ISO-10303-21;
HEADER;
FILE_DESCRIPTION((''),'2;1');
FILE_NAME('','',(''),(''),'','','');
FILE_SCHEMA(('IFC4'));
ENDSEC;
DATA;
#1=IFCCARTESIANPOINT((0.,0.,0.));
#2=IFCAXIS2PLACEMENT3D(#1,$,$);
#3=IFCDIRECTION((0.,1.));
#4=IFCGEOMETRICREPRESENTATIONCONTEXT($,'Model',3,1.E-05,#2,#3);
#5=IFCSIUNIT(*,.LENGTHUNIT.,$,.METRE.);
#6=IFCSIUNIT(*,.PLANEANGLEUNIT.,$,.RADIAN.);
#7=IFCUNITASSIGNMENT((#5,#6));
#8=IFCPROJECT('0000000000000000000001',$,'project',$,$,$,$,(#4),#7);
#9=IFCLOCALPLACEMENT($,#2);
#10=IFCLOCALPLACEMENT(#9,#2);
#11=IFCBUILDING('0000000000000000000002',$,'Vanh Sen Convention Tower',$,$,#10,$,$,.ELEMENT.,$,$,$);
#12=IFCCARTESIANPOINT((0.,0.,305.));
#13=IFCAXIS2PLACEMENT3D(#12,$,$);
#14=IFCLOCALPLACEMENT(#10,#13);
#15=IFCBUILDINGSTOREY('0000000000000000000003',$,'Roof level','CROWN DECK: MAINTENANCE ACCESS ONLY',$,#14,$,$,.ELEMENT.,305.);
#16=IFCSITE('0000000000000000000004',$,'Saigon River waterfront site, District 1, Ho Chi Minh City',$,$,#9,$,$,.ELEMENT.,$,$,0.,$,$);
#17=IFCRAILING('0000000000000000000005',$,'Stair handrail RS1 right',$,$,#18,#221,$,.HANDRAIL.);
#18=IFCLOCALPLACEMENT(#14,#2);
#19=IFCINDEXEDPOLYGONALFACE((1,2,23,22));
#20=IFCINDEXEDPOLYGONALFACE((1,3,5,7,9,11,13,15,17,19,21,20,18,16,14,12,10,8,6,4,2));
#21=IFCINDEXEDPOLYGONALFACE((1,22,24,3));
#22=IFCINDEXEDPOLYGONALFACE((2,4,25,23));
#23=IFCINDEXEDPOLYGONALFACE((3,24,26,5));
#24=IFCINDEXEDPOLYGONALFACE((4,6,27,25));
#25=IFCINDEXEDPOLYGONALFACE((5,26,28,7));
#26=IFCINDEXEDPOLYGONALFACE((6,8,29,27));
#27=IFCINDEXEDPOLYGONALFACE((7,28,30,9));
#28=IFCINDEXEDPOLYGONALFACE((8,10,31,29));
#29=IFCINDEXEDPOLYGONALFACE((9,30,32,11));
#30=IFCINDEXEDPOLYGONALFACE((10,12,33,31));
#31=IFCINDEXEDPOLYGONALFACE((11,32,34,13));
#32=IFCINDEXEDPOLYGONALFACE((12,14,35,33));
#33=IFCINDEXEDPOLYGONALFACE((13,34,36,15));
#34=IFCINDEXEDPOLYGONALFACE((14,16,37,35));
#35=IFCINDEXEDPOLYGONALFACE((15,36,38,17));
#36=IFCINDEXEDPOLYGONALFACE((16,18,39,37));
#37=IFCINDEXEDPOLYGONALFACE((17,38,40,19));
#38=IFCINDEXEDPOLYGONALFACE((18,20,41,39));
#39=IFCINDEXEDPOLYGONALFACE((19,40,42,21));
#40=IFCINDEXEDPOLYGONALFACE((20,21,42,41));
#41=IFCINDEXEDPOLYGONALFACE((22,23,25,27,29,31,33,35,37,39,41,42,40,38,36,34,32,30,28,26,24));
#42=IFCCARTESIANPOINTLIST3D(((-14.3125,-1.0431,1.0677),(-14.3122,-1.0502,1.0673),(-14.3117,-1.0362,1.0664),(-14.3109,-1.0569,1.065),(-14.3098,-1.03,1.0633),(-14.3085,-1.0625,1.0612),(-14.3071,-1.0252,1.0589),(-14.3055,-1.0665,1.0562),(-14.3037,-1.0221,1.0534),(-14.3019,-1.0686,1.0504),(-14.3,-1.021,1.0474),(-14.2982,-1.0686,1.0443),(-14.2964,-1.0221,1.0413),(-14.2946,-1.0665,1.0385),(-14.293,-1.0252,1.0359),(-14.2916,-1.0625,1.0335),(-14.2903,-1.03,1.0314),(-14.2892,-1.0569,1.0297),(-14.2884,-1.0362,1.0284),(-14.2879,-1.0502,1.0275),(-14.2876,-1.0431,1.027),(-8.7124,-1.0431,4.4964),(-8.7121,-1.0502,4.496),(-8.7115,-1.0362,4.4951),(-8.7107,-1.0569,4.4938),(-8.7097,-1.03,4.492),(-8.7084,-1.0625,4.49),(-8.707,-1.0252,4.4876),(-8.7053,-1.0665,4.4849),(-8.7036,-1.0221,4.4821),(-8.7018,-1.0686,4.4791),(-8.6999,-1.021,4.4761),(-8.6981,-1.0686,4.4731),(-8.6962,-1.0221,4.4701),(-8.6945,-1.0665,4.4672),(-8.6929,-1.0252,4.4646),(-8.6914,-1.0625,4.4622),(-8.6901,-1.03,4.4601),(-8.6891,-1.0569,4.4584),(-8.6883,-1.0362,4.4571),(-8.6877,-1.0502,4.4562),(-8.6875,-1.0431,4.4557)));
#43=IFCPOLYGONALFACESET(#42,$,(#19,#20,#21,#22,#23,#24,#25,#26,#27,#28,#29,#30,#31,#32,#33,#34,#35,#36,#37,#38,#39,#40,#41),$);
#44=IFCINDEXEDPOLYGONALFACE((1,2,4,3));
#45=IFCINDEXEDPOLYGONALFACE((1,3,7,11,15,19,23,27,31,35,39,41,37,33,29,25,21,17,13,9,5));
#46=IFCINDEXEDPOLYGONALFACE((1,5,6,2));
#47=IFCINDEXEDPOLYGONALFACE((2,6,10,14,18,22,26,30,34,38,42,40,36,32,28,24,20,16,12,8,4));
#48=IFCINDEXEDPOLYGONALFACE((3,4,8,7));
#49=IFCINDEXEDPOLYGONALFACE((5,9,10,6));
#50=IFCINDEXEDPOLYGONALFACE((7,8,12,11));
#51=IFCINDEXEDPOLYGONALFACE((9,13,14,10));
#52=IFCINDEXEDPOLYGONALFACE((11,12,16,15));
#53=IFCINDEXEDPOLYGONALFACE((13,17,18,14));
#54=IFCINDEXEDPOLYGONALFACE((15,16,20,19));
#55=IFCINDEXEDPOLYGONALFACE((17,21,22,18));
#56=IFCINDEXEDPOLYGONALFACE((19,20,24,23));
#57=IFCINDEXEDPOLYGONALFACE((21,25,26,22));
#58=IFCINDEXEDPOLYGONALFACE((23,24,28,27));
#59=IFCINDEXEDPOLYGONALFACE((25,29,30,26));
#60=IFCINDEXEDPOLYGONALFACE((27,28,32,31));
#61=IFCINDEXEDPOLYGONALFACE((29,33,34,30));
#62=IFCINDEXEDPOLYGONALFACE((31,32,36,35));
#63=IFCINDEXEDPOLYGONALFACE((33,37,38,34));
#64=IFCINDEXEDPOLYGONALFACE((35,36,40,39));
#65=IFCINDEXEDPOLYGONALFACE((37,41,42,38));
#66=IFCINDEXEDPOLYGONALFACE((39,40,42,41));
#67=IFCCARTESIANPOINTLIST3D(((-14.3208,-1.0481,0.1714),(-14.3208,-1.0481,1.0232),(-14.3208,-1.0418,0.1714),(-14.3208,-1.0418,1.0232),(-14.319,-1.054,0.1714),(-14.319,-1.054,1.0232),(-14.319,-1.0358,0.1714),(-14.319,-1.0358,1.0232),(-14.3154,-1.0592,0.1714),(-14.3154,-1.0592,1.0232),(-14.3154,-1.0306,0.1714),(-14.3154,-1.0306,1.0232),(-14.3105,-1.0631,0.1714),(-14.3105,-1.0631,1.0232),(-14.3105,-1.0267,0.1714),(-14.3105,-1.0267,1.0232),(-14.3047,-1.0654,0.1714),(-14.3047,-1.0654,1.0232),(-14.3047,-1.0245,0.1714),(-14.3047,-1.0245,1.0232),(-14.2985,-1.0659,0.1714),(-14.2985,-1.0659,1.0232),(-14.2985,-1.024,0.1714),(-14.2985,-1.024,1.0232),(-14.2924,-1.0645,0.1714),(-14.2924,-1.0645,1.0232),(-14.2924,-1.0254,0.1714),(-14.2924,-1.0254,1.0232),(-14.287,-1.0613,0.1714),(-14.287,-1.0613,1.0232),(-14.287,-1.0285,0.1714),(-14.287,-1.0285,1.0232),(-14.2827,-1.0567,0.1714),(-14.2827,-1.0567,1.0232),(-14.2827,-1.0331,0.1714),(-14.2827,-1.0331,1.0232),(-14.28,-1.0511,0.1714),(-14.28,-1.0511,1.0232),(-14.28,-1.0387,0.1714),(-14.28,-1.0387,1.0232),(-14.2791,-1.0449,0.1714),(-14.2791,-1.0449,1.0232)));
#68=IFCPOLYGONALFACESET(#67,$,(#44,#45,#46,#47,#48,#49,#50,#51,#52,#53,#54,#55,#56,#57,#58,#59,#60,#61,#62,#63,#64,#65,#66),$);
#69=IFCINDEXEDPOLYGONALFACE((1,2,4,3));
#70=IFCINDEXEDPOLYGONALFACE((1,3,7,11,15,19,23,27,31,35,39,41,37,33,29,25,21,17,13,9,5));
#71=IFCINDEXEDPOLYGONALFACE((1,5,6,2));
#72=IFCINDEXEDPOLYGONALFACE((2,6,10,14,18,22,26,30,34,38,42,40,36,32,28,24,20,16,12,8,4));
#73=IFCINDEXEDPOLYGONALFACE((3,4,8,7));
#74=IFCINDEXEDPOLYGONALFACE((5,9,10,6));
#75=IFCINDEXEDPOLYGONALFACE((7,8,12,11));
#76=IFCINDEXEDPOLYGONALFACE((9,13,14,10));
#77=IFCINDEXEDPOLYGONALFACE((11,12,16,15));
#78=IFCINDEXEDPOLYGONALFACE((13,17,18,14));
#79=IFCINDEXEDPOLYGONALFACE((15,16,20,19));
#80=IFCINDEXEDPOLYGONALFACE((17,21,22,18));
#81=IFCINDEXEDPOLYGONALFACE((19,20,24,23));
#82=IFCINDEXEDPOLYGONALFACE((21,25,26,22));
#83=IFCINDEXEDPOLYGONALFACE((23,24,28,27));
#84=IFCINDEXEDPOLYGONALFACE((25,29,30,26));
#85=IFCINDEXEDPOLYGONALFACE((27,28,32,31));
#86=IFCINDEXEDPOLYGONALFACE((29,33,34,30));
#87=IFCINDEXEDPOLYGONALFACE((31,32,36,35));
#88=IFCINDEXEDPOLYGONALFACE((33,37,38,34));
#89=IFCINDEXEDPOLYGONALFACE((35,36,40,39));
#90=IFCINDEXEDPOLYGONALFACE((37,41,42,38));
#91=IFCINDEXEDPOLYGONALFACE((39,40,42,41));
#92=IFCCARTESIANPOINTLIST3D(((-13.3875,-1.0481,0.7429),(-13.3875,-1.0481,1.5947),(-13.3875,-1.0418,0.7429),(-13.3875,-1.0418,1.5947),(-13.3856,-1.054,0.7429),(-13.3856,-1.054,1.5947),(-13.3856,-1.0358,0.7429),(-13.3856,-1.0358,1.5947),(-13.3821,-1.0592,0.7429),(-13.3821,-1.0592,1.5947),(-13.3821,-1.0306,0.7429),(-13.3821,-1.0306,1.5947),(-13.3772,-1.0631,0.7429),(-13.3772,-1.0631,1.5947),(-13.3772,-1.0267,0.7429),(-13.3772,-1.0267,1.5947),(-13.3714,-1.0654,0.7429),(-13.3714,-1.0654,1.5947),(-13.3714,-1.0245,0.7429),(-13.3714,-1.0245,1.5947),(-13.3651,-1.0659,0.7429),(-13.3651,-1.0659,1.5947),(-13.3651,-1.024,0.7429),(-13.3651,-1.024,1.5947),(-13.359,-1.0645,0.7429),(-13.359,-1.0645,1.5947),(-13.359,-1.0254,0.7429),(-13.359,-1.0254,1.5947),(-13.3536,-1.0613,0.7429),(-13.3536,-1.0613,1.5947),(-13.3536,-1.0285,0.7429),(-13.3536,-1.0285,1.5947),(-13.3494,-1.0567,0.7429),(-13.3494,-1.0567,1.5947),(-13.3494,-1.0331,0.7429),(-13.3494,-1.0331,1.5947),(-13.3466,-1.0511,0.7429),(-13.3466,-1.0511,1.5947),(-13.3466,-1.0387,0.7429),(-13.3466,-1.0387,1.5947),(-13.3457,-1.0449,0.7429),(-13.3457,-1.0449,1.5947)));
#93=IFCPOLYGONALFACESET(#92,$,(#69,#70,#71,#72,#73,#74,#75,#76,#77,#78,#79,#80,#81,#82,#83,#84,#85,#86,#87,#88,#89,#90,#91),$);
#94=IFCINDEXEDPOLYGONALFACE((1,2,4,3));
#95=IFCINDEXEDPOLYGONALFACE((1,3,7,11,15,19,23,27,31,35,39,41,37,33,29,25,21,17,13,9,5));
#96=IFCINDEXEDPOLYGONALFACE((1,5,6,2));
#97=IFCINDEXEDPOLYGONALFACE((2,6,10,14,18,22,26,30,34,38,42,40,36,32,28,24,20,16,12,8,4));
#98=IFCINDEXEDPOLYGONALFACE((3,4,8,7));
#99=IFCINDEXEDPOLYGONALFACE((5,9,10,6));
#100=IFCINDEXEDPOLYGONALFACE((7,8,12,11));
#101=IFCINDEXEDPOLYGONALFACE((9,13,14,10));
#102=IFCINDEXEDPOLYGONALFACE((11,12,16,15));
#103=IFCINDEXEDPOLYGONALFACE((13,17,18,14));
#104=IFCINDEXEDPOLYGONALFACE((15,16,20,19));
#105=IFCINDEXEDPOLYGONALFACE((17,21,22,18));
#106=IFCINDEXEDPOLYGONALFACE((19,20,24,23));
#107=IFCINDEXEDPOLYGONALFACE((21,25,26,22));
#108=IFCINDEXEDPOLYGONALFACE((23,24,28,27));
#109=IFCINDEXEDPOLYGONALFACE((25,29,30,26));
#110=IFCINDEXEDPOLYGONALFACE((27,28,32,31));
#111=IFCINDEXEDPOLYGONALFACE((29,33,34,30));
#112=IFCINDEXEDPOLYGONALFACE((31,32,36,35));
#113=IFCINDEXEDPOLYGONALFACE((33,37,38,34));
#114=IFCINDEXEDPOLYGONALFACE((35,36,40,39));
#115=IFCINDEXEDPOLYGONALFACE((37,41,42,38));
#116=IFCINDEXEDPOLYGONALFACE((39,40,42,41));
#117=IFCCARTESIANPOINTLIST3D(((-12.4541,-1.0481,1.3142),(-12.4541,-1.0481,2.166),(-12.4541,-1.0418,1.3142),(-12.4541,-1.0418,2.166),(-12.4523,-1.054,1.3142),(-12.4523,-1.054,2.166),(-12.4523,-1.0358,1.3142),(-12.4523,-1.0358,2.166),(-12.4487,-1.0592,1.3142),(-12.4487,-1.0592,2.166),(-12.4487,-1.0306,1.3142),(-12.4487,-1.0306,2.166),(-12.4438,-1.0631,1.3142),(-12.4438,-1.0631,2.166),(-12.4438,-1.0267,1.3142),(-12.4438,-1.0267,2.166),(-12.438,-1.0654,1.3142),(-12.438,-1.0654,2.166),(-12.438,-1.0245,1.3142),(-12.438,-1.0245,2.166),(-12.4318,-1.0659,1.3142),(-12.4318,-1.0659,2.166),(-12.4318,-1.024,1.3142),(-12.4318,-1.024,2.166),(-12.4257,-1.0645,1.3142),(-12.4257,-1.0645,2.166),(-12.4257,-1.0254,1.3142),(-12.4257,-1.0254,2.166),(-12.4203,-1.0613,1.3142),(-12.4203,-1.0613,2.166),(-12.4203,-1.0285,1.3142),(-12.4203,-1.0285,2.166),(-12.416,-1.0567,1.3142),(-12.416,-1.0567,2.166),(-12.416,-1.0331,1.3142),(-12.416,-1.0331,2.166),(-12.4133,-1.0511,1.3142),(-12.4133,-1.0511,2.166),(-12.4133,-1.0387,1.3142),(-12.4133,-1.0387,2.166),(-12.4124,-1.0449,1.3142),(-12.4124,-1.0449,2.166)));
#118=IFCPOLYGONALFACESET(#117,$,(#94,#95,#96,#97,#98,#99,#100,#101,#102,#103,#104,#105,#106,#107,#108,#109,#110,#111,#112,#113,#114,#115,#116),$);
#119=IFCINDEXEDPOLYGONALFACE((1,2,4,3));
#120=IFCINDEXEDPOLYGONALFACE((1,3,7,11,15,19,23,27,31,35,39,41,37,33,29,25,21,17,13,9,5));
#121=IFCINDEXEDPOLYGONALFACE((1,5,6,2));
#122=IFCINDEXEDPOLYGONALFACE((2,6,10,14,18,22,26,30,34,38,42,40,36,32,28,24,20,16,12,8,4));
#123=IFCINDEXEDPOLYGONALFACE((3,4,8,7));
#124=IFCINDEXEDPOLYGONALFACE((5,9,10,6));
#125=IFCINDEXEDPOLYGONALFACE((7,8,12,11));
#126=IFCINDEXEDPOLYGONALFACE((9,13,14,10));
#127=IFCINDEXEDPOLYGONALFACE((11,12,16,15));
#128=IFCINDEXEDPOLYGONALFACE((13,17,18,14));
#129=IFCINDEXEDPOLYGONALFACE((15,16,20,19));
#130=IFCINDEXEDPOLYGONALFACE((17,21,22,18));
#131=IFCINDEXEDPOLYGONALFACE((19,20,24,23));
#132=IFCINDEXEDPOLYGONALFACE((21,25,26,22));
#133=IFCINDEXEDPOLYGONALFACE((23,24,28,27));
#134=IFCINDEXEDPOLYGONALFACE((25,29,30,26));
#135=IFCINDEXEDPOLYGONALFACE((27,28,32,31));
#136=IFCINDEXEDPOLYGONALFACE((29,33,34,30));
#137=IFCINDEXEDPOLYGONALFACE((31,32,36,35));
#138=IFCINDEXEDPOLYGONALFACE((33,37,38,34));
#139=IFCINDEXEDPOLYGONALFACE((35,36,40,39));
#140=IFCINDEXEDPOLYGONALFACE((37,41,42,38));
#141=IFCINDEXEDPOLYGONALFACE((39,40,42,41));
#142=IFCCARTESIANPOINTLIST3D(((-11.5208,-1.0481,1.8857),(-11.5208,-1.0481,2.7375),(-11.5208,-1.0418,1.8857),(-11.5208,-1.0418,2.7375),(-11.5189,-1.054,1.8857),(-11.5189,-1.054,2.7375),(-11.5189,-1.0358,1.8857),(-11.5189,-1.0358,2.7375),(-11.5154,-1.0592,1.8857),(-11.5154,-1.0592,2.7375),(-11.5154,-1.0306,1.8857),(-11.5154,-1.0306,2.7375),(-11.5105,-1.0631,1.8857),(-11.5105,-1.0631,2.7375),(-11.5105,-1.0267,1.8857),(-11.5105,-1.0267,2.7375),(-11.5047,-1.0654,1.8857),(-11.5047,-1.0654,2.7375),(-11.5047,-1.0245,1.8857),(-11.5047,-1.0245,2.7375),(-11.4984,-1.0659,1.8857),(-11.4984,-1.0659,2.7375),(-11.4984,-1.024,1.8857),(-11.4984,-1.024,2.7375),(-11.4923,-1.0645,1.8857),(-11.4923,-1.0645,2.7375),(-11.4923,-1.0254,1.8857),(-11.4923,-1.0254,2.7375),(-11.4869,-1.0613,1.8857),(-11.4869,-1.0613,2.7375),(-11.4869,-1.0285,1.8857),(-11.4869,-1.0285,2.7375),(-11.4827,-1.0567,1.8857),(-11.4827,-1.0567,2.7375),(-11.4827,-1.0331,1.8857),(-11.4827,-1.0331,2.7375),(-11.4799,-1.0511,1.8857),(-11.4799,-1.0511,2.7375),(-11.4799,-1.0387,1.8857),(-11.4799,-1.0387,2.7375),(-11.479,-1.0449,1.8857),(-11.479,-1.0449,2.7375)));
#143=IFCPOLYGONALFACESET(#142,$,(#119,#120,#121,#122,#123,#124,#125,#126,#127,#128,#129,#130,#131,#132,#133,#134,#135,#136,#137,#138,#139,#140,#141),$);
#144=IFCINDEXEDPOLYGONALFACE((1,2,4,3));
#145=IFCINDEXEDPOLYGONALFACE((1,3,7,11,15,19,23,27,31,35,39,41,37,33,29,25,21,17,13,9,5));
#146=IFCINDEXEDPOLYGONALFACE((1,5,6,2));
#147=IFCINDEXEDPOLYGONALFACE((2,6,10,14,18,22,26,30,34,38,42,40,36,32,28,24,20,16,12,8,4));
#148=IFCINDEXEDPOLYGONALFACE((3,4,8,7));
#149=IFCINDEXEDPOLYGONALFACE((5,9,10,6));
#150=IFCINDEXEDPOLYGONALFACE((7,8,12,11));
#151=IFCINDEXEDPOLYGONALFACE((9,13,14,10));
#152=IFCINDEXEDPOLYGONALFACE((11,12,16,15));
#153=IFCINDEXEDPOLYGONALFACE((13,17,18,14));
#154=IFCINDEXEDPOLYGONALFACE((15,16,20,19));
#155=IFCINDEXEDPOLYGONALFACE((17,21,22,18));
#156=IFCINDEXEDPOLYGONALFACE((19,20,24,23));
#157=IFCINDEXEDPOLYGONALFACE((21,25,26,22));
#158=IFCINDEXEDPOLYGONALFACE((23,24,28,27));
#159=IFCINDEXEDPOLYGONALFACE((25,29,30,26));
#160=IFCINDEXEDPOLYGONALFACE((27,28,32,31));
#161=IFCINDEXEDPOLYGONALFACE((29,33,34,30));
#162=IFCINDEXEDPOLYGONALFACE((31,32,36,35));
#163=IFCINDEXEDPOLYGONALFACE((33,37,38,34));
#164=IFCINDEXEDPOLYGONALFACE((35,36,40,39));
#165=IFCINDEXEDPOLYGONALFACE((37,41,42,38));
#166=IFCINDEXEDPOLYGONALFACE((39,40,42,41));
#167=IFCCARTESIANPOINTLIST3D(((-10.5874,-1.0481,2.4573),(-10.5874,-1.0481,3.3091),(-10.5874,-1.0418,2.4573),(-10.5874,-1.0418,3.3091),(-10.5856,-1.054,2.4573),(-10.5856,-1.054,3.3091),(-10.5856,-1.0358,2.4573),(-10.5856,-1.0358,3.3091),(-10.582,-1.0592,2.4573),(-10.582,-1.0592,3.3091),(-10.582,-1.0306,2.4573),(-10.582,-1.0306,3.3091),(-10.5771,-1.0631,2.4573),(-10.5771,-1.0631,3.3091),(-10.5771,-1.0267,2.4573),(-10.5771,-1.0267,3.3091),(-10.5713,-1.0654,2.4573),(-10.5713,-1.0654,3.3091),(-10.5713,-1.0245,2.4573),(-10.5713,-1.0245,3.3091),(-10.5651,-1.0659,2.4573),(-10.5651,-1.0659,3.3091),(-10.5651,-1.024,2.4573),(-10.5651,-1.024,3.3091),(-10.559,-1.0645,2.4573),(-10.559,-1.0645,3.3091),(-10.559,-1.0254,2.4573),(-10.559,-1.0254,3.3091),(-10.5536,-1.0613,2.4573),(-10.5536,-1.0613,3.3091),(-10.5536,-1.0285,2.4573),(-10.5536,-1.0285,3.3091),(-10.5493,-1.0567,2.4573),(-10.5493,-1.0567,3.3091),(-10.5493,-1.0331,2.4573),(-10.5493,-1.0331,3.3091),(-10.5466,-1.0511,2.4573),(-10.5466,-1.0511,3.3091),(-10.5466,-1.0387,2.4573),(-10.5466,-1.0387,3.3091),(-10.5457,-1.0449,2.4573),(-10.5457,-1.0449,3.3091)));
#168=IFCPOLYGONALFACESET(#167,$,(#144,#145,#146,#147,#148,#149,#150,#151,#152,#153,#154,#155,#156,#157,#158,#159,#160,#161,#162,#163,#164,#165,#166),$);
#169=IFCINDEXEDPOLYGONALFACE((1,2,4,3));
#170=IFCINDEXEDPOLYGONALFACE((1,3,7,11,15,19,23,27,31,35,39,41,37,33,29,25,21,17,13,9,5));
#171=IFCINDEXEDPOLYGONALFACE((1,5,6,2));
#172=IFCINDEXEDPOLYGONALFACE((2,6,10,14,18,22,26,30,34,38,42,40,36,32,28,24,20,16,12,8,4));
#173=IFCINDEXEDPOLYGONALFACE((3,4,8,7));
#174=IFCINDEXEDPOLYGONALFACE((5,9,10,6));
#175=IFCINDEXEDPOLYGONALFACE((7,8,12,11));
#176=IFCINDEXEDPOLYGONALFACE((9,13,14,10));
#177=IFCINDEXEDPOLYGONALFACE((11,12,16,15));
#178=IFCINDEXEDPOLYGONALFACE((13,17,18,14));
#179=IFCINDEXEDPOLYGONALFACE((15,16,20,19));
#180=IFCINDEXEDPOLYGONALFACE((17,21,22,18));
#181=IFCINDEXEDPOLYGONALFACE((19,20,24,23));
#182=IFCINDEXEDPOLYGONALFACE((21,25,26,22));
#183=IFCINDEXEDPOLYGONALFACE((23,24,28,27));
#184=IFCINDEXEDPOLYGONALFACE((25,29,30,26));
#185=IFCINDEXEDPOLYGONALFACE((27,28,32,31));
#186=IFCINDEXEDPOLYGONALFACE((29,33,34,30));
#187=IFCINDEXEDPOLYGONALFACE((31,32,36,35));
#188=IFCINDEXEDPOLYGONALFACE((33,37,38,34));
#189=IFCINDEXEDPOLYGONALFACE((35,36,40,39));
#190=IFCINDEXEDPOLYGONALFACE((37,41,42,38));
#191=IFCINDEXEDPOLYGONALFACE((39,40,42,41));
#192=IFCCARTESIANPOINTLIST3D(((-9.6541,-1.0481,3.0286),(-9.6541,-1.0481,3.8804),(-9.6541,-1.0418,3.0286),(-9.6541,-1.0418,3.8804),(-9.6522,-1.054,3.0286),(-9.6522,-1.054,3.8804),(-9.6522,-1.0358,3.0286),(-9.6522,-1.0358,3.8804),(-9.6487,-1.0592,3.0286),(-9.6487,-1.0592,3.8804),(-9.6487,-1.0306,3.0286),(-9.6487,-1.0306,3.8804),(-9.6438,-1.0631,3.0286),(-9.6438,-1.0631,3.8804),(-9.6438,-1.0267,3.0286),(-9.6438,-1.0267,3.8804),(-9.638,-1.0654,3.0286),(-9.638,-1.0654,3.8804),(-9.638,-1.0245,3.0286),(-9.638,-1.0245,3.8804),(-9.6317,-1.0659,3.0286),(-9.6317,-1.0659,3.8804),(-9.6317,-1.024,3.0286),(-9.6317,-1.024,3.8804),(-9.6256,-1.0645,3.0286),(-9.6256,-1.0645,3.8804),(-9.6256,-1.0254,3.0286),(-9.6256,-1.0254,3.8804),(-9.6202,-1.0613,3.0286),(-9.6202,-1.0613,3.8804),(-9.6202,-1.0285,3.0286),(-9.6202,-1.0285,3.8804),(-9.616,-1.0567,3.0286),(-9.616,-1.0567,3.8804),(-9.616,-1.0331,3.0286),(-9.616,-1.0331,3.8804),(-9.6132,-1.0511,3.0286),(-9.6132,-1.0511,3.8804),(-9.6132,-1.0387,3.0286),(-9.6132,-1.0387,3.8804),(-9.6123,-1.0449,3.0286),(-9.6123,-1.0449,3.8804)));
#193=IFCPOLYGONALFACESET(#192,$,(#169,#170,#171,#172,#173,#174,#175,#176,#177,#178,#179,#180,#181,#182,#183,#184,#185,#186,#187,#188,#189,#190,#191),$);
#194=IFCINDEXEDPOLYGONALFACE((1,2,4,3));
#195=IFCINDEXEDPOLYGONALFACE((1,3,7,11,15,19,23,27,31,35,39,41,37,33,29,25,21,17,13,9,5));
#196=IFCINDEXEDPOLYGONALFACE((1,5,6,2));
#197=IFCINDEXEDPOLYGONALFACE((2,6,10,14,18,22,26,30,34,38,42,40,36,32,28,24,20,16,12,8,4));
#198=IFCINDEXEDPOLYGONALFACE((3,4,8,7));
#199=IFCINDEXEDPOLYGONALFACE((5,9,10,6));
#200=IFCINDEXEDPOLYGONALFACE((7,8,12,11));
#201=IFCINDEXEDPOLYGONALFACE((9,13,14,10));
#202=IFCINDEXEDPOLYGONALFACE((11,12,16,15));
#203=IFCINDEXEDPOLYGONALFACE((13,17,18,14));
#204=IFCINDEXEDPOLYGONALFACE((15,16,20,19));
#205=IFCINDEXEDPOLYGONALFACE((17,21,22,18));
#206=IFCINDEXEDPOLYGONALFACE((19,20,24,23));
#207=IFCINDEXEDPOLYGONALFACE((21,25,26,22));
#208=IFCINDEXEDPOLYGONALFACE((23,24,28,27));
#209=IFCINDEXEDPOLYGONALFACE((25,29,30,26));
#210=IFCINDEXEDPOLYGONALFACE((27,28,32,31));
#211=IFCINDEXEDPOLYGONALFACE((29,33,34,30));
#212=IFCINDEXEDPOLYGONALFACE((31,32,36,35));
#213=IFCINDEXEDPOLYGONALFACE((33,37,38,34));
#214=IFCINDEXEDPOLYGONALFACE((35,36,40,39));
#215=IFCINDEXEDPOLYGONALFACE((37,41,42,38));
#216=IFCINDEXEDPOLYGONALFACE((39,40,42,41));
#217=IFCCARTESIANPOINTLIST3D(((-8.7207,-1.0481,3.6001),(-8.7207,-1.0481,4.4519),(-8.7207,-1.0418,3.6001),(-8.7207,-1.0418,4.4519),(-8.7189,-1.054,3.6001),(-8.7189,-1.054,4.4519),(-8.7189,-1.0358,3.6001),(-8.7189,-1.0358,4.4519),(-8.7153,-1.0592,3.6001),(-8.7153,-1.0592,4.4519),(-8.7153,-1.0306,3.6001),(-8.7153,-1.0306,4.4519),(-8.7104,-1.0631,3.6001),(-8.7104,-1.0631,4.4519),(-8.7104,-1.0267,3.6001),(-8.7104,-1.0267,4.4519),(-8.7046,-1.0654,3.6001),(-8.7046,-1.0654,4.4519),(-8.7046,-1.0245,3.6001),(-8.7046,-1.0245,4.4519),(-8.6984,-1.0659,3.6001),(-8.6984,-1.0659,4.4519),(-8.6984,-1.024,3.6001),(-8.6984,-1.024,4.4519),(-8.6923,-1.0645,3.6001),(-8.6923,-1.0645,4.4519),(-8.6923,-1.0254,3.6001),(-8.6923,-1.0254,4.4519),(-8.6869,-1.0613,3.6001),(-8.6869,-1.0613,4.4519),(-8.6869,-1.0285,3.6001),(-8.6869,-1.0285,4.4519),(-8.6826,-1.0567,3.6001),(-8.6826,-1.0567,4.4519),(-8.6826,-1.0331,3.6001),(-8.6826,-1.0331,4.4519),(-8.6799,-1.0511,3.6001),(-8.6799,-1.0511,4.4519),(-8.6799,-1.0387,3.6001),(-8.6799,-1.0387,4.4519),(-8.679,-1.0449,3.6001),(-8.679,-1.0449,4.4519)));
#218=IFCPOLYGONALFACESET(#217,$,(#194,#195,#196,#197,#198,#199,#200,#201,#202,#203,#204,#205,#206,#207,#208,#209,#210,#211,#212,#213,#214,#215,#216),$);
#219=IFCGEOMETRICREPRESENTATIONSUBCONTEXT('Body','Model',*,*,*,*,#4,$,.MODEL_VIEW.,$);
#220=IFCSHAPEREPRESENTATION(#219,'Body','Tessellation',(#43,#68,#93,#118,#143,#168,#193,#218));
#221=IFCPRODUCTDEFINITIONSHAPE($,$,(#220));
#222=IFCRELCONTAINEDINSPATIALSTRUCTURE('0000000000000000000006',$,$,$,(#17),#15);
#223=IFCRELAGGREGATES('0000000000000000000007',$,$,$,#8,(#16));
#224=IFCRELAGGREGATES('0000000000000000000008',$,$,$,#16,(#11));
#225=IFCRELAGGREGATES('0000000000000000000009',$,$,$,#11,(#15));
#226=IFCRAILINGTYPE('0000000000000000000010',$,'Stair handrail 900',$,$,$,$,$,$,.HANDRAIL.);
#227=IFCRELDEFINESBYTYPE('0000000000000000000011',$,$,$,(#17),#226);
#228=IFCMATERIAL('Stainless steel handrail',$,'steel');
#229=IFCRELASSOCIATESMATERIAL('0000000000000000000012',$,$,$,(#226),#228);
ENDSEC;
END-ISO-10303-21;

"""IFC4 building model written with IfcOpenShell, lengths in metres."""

from ifc_helpers import new_model, si_unit, direction, frame, origin, origin_2d, place, context, subcontext, project, spatial, circle, extrude, material, type_object, element, save


model = new_model("IFC4")

# Units and contexts
model_context = context("Model", 3, precision=1e-05, world=origin(), true_north=direction((0.0, 1.0)))
body_context = subcontext(model_context, "Body", "Model", "MODEL_VIEW")
ifc_project = project(units=[si_unit("LENGTHUNIT", "METRE"), si_unit("PLANEANGLEUNIT", "RADIAN")], contexts=[model_context])

# Site, building, storey
site_placement = place(None, origin())
site = spatial("IfcSite", under=ifc_project, at=site_placement, Name="Saigon River waterfront site, District 1, Ho Chi Minh City", CompositionType="ELEMENT", RefElevation=0.0)
building_placement = place(site_placement, origin())
building = spatial("IfcBuilding", under=site, at=building_placement, Name="Vanh Sen Convention Tower", CompositionType="ELEMENT")
storey_placement = place(building_placement, frame((0.0, 0.0, 305.0)))
storey = spatial("IfcBuildingStorey", under=building, at=storey_placement, Name="Roof level", Description="CROWN DECK: MAINTENANCE ACCESS ONLY", CompositionType="ELEMENT", Elevation=305.0)

# Railing
ifc_material_1 = material(Name="Stainless steel handrail", Category="steel")
railing_type_1 = type_object("IfcRailingType", Name="Stair handrail 900", PredefinedType="HANDRAIL", material=ifc_material_1)
railing_1_placement = place(storey_placement, frame((-14.3, -1.0449, 0.1714)))
element("IfcRailing", 1, at=railing_1_placement, inside=storey, type_object=railing_type_1, Name="Stair handrail RS1 right", PredefinedType="HANDRAIL", context=body_context, shape_type="SweptSolid", body=[
    extrude(circle(Radius=0.0239, at=origin_2d()), frame((0.0, 0.0, 0.876), z_axis=(0.852846, 0.0, 0.522163), x_axis=(0.0, 1.0, 0.0)), (0.0, 0.0, 1.0), 6.5664),
    extrude(circle(Radius=0.021, at=origin_2d()), origin(), (0.0, 0.0, 1.0), 0.8518),
    extrude(circle(Radius=0.021, at=origin_2d()), frame((0.9333, 0.0, 0.5715)), (0.0, 0.0, 1.0), 0.8518),
    extrude(circle(Radius=0.021, at=origin_2d()), frame((1.8667, 0.0, 1.1428)), (0.0, 0.0, 1.0), 0.8518),
    extrude(circle(Radius=0.021, at=origin_2d()), frame((2.8, 0.0, 1.7144)), (0.0, 0.0, 1.0), 0.8518),
    extrude(circle(Radius=0.021, at=origin_2d()), frame((3.7334, 0.0, 2.2859)), (0.0, 0.0, 1.0), 0.8518),
    extrude(circle(Radius=0.021, at=origin_2d()), frame((4.6667, 0.0, 2.8572)), (0.0, 0.0, 1.0), 0.8518),
    extrude(circle(Radius=0.021, at=origin_2d()), frame((5.6001, 0.0, 3.4287)), (0.0, 0.0, 1.0), 0.8518),
])

save(model, "model.ifc")
